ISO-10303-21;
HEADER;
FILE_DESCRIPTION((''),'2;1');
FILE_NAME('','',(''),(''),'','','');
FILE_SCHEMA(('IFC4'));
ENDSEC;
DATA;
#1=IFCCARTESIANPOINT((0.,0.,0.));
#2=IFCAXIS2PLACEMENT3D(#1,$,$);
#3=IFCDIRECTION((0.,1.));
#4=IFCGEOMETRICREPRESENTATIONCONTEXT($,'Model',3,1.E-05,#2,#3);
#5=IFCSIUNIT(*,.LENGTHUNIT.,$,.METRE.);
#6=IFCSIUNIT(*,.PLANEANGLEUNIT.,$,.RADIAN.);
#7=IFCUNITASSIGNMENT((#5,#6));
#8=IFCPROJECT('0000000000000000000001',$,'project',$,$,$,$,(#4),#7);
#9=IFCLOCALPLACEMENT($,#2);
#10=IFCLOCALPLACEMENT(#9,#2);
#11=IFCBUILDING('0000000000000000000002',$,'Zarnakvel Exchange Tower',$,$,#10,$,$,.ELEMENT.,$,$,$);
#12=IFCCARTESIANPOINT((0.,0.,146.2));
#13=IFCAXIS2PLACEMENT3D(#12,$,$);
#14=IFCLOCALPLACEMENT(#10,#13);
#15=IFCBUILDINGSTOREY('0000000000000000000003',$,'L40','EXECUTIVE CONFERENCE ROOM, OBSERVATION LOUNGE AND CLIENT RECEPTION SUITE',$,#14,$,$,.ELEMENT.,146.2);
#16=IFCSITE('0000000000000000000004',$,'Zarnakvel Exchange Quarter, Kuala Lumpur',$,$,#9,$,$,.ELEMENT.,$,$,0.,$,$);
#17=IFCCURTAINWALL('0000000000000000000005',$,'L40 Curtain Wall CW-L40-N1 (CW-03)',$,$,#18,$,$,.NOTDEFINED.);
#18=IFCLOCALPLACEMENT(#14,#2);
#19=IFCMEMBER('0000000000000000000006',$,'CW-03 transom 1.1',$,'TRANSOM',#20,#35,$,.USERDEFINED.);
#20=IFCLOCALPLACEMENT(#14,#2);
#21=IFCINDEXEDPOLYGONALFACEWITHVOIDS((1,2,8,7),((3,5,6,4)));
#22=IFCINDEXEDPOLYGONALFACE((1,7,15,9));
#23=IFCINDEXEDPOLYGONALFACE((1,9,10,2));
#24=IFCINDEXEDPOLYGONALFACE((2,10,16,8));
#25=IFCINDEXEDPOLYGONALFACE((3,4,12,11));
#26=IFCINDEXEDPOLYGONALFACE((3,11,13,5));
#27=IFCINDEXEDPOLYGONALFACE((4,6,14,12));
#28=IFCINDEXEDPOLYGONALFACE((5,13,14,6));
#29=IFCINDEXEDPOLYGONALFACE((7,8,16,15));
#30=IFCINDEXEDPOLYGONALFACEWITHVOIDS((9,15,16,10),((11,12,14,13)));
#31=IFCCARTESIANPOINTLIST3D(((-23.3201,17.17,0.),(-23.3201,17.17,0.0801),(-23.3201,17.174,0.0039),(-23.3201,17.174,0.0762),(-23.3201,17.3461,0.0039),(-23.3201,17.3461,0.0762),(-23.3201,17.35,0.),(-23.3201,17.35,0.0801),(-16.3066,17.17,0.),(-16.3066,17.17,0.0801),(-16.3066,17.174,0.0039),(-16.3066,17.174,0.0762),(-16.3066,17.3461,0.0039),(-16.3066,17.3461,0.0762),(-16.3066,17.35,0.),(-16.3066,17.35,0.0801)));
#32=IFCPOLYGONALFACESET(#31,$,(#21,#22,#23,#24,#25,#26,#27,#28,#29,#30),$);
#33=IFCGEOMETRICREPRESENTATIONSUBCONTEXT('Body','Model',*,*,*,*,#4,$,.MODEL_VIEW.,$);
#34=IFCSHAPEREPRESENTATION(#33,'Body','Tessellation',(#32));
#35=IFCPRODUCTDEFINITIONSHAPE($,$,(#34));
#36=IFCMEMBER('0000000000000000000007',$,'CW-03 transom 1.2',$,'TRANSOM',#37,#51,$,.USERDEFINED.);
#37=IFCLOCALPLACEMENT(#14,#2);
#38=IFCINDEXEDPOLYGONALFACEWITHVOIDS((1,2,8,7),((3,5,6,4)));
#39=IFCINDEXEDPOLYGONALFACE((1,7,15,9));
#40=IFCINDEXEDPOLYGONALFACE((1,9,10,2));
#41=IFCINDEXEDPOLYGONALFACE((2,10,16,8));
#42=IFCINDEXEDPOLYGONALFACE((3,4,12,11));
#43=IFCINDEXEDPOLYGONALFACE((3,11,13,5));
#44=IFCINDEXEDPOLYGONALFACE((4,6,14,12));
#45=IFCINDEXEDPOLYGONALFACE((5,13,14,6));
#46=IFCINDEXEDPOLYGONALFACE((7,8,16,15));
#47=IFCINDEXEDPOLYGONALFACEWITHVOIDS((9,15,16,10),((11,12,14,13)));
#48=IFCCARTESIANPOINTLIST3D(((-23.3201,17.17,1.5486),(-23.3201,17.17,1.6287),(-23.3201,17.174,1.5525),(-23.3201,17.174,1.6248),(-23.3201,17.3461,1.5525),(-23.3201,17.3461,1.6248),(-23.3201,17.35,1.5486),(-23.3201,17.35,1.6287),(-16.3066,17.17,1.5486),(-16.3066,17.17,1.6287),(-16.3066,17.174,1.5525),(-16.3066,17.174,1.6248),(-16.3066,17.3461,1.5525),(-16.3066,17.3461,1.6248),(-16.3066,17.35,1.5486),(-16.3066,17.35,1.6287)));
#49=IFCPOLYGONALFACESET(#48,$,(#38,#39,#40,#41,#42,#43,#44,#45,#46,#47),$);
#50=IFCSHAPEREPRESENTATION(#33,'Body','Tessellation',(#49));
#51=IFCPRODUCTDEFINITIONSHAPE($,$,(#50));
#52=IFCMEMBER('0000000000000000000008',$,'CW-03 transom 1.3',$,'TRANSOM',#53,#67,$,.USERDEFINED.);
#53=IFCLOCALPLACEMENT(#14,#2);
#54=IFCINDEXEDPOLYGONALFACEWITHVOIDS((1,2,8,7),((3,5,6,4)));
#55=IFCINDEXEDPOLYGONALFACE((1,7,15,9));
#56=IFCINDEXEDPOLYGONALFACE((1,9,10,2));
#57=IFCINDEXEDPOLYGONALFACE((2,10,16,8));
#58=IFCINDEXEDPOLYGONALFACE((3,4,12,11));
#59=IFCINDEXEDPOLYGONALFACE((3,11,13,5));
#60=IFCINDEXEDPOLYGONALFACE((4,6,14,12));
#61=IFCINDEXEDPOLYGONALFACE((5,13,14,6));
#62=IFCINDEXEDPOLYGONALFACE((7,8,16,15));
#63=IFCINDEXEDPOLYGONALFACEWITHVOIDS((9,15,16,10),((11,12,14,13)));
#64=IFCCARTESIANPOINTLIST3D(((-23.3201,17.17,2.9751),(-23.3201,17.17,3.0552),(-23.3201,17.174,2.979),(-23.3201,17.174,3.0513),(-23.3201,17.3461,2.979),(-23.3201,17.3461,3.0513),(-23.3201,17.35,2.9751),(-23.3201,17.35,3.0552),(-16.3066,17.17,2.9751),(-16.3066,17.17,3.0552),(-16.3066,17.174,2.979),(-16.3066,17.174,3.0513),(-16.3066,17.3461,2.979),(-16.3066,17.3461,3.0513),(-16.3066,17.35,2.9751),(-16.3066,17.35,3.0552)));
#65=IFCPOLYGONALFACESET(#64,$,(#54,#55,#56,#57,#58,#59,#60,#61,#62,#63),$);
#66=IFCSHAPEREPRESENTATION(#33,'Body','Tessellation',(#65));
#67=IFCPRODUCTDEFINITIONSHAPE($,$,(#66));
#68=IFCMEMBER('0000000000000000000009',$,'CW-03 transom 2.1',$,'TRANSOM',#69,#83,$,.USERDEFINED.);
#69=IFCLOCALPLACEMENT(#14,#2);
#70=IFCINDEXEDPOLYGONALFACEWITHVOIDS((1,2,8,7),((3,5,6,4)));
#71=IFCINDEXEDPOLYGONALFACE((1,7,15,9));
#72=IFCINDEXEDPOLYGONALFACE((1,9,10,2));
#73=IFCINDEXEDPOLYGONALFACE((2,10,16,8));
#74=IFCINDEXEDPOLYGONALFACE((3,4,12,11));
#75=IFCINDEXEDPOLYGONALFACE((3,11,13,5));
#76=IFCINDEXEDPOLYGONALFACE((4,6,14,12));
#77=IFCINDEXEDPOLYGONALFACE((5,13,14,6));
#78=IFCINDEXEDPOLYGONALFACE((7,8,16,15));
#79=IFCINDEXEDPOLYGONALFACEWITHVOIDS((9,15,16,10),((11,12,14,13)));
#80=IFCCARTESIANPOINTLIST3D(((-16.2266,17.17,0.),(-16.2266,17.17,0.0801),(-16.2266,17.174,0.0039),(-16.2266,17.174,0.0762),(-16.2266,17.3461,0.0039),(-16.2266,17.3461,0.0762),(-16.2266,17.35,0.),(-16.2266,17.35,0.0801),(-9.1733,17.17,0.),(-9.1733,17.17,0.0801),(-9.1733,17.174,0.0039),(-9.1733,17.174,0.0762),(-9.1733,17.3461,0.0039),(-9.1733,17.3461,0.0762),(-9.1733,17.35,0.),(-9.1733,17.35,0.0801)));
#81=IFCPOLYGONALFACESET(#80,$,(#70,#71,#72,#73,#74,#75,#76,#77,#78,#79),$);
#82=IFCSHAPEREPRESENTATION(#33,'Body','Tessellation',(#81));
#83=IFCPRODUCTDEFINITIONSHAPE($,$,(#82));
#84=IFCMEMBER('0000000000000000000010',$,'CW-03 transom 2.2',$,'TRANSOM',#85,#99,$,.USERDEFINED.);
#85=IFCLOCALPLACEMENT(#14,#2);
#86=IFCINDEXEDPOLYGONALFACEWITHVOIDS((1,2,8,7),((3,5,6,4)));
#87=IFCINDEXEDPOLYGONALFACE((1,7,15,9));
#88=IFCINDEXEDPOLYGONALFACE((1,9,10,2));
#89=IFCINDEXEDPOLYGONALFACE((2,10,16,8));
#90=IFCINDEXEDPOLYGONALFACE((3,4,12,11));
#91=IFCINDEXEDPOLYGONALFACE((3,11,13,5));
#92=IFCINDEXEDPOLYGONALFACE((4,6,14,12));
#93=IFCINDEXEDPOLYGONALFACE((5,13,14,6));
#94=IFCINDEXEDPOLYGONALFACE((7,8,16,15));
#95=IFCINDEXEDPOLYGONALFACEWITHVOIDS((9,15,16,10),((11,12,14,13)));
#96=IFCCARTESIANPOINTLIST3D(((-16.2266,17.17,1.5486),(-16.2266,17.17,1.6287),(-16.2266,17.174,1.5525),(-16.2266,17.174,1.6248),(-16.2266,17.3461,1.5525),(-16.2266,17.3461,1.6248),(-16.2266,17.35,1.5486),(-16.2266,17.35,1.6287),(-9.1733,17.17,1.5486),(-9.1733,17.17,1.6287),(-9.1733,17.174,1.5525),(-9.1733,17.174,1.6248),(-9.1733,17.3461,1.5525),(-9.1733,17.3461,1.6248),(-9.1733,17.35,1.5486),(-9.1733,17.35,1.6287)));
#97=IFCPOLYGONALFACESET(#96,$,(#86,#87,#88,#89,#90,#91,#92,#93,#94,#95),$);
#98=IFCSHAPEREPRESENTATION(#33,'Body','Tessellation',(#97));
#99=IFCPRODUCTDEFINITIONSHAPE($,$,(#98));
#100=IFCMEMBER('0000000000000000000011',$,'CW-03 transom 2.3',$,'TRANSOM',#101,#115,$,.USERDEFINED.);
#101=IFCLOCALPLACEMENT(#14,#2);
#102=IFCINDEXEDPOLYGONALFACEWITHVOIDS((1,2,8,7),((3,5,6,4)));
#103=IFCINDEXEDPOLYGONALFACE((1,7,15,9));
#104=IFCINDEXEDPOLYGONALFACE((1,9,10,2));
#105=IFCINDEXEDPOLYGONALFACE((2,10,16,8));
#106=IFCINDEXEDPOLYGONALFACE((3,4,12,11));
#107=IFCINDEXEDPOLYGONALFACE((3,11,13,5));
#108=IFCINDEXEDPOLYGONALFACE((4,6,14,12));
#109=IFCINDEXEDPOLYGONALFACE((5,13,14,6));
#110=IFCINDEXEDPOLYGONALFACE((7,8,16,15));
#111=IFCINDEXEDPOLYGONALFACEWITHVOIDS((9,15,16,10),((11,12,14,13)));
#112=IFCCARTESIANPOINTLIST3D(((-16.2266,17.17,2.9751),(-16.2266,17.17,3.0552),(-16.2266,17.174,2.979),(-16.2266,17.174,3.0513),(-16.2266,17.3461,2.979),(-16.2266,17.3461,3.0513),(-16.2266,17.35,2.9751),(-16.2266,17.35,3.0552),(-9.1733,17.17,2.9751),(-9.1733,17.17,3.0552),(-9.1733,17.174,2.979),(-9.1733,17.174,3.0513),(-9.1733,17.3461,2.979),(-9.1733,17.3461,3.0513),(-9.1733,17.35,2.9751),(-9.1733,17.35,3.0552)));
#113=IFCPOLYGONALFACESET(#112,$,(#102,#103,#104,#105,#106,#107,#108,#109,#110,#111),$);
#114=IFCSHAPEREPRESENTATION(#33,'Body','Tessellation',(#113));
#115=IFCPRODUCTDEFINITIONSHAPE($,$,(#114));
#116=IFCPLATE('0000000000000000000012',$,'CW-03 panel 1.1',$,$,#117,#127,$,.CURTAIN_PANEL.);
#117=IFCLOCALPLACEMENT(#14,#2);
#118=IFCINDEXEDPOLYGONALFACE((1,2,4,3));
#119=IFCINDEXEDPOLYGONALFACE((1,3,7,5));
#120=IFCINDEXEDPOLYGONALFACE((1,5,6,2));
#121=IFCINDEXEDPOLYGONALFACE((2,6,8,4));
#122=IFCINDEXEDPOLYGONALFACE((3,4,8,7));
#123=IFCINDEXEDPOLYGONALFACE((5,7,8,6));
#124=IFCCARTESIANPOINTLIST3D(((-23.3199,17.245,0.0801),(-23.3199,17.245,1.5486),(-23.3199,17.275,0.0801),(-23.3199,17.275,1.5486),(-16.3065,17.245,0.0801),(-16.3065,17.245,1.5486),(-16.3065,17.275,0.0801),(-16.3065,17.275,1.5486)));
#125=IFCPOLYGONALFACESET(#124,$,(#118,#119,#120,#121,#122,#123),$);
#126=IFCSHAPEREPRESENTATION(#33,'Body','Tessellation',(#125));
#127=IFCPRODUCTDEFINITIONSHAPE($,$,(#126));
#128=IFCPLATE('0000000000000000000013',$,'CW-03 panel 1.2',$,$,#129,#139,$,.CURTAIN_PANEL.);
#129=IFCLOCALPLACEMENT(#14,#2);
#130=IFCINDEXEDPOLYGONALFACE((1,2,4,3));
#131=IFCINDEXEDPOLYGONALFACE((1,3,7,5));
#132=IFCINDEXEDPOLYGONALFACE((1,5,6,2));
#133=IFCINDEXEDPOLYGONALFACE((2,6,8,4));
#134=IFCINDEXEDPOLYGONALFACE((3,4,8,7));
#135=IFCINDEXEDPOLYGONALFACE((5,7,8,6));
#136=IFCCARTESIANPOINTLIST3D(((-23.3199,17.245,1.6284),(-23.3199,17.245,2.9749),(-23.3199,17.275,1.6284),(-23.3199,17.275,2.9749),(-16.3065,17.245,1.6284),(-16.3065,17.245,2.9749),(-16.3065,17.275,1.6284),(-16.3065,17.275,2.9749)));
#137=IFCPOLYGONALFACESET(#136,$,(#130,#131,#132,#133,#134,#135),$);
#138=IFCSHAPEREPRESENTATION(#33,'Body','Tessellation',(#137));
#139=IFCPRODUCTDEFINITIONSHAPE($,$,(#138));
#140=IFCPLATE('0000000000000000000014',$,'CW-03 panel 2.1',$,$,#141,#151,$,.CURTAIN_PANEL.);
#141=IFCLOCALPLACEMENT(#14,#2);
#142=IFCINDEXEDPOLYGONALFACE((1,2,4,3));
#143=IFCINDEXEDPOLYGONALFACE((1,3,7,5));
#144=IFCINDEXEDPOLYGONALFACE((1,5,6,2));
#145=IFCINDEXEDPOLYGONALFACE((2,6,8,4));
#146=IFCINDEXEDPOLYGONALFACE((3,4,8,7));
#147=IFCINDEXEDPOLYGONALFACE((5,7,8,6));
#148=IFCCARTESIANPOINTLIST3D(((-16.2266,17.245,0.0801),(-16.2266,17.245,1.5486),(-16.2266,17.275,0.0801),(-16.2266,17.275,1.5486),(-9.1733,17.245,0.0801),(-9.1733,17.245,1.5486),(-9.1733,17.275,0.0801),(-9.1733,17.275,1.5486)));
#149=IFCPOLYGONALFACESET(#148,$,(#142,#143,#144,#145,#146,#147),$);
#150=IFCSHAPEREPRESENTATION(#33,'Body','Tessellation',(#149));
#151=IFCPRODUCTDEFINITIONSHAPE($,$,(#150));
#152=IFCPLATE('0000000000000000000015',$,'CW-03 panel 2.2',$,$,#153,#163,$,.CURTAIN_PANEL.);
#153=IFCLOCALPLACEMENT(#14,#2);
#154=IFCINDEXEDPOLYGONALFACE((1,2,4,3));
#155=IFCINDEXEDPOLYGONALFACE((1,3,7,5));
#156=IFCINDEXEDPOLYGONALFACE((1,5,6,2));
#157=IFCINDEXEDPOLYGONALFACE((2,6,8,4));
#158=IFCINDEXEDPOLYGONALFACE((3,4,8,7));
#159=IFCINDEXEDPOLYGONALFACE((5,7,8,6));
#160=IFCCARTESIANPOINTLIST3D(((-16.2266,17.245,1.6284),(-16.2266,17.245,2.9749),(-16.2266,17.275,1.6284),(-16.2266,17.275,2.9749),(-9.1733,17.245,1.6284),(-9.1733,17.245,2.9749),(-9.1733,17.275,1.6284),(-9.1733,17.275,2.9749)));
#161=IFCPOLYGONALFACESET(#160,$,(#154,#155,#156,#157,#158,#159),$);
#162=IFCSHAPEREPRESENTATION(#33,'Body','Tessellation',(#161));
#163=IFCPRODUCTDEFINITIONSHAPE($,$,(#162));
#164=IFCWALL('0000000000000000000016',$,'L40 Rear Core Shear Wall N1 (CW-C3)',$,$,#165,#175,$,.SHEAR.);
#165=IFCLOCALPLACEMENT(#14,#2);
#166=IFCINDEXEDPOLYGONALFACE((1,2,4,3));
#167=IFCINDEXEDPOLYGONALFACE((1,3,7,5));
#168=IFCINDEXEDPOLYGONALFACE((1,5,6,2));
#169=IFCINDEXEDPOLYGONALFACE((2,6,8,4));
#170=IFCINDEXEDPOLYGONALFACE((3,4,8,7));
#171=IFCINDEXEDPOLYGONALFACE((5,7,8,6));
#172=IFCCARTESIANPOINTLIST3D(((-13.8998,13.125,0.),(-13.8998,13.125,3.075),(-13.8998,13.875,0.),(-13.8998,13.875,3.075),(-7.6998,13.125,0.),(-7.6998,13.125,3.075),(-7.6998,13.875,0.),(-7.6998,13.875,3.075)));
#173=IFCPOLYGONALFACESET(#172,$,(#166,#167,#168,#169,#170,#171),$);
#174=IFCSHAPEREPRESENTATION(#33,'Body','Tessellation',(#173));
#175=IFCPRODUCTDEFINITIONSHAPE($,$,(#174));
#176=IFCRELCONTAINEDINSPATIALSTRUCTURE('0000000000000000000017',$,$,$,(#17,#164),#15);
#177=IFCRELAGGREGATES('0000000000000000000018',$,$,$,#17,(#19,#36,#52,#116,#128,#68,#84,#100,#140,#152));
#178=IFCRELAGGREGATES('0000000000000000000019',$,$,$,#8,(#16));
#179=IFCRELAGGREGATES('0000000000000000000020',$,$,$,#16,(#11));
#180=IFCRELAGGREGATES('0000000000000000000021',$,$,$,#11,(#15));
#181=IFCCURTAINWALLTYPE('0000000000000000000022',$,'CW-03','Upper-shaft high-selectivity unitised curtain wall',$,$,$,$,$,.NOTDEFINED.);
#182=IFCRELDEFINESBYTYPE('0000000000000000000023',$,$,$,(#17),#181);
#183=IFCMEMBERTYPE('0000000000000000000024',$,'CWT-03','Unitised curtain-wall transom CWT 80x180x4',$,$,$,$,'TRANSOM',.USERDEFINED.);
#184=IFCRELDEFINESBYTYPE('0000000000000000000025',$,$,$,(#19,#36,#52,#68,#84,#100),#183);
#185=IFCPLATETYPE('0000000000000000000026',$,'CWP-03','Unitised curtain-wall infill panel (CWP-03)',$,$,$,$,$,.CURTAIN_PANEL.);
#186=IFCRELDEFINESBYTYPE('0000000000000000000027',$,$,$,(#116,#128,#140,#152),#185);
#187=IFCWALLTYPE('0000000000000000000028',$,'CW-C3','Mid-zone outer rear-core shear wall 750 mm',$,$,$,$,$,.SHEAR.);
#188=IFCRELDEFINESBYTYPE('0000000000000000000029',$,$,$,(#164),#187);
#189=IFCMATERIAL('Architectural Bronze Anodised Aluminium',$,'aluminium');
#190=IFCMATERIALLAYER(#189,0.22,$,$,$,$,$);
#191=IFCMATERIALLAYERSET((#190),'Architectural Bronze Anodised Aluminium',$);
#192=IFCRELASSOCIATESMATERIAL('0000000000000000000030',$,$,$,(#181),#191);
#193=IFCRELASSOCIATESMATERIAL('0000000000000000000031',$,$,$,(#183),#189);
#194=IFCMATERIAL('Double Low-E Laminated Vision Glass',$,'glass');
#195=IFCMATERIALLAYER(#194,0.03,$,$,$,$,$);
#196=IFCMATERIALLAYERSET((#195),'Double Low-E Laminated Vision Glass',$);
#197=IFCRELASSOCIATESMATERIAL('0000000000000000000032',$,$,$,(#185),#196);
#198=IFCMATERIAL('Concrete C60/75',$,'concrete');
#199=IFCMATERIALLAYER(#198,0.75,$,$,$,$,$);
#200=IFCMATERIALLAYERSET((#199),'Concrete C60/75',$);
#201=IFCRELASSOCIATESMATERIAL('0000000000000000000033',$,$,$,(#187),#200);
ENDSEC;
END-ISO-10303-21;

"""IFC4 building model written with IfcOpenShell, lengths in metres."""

from ifc_helpers import new_model, si_unit, direction, frame, frame_2d, origin, origin_2d, place, context, subcontext, project, spatial, rectangle, hollow_rectangle, extrude, source, transform, mapped, material, layer, layer_set, material_profile, profile_set, type_object, element, aggregate, save


model = new_model("IFC4")

# Units and contexts
model_context = context("Model", 3, precision=1e-05, world=origin(), true_north=direction((0.0, 1.0)))
body_context = subcontext(model_context, "Body", "Model", "MODEL_VIEW")
ifc_project = project(units=[si_unit("LENGTHUNIT", "METRE"), si_unit("PLANEANGLEUNIT", "RADIAN")], contexts=[model_context])

# Site, building, storey
site_placement = place(None, origin())
site = spatial("IfcSite", under=ifc_project, at=site_placement, Name="Zarnakvel Exchange Quarter, Kuala Lumpur", CompositionType="ELEMENT", RefElevation=0.0)
building_placement = place(site_placement, origin())
building = spatial("IfcBuilding", under=site, at=building_placement, Name="Zarnakvel Exchange Tower", CompositionType="ELEMENT")
storey_placement = place(building_placement, frame((0.0, 0.0, 146.2)))
storey = spatial("IfcBuildingStorey", under=building, at=storey_placement, Name="L40", Description="EXECUTIVE CONFERENCE ROOM, OBSERVATION LOUNGE AND CLIENT RECEPTION SUITE", CompositionType="ELEMENT", Elevation=146.2)

# Shared definitions
ifc_material_1 = material(Name="Concrete C60/75", Category="concrete")

# Shared definitions
ifc_material_2 = material(Name="Architectural Bronze Anodised Aluminium", Category="aluminium")

# Curtain wall, members, plates
ifc_layer_1 = layer(ifc_material_2, 0.22)
ifc_layer_set_1 = layer_set([ifc_layer_1], Name="Architectural Bronze Anodised Aluminium")
curtain_wall_type_1 = type_object("IfcCurtainWallType", Name="CW-03", Description="Upper-shaft high-selectivity unitised curtain wall", PredefinedType="NOTDEFINED", material=ifc_layer_set_1)
curtain_wall_1_placement = place(storey_placement, origin())
curtain_wall_1 = element("IfcCurtainWall", 1, at=curtain_wall_1_placement, inside=storey, type_object=curtain_wall_type_1, Name="L40 Curtain Wall CW-L40-N1 (CW-03)", PredefinedType="NOTDEFINED")
ifc_material_profile_1 = material_profile(ifc_material_2, hollow_rectangle(XDim=0.1799, YDim=0.0801, WallThickness=0.0039, at=origin_2d()))
ifc_profile_set_1 = profile_set([ifc_material_profile_1], Name="Architectural Bronze Anodised Aluminium")
member_type_1 = type_object("IfcMemberType", Name="CWT-03", Description="Unitised curtain-wall transom CWT 80x180x4", ElementType="TRANSOM", PredefinedType="USERDEFINED", material=ifc_profile_set_1)
shared_shape_1 = source(origin(), body_context, "Body", "SweptSolid", [
    extrude(hollow_rectangle(XDim=0.1799, YDim=0.0801, WallThickness=0.0039, at=origin_2d()), origin(), (0.0, 0.0, 1.0), 7.0134),
])
member_1_placement = place(storey_placement, frame((-23.3201, 17.26, 0.04), z_axis=(1.0, 0.0, 0.0), x_axis=(0.0, 1.0, 0.0)))
member_1 = element("IfcMember", 2, at=member_1_placement, type_object=member_type_1, Name="CW-03 transom 1.1", ObjectType="TRANSOM", PredefinedType="USERDEFINED", context=body_context, shape_type="MappedRepresentation", body=[
    mapped(shared_shape_1, transform((0.0, 0.0, 0.0), x_axis=(1.0, 0.0, 0.0), y_axis=(0.0, 1.0, 0.0), z_axis=(0.0, 0.0, 1.0), scale=1.0)),
])
member_2_placement = place(storey_placement, frame((-23.3201, 17.26, 1.5886), z_axis=(1.0, 0.0, 0.0), x_axis=(0.0, 1.0, 0.0)))
member_2 = element("IfcMember", 3, at=member_2_placement, type_object=member_type_1, Name="CW-03 transom 1.2", ObjectType="TRANSOM", PredefinedType="USERDEFINED", context=body_context, shape_type="MappedRepresentation", body=[
    mapped(shared_shape_1, transform((0.0, 0.0, 0.0), x_axis=(1.0, 0.0, 0.0), y_axis=(0.0, 1.0, 0.0), z_axis=(0.0, 0.0, 1.0), scale=1.0)),
])
member_3_placement = place(storey_placement, frame((-23.3201, 17.26, 3.0151), z_axis=(1.0, 0.0, 0.0), x_axis=(0.0, 1.0, 0.0)))
member_3 = element("IfcMember", 4, at=member_3_placement, type_object=member_type_1, Name="CW-03 transom 1.3", ObjectType="TRANSOM", PredefinedType="USERDEFINED", context=body_context, shape_type="MappedRepresentation", body=[
    mapped(shared_shape_1, transform((0.0, 0.0, 0.0), x_axis=(1.0, 0.0, 0.0), y_axis=(0.0, 1.0, 0.0), z_axis=(0.0, 0.0, 1.0), scale=1.0)),
])
shared_shape_2 = source(origin(), body_context, "Body", "SweptSolid", [
    extrude(hollow_rectangle(XDim=0.1799, YDim=0.0801, WallThickness=0.0039, at=origin_2d()), origin(), (0.0, 0.0, 1.0), 7.0532),
])
member_4_placement = place(storey_placement, frame((-16.2266, 17.26, 0.04), z_axis=(1.0, 0.0, 0.0), x_axis=(0.0, 1.0, 0.0)))
member_4 = element("IfcMember", 5, at=member_4_placement, type_object=member_type_1, Name="CW-03 transom 2.1", ObjectType="TRANSOM", PredefinedType="USERDEFINED", context=body_context, shape_type="MappedRepresentation", body=[
    mapped(shared_shape_2, transform((0.0, 0.0, 0.0), x_axis=(1.0, 0.0, 0.0), y_axis=(0.0, 1.0, 0.0), z_axis=(0.0, 0.0, 1.0), scale=1.0)),
])
member_5_placement = place(storey_placement, frame((-16.2266, 17.26, 1.5886), z_axis=(1.0, 0.0, 0.0), x_axis=(0.0, 1.0, 0.0)))
member_5 = element("IfcMember", 6, at=member_5_placement, type_object=member_type_1, Name="CW-03 transom 2.2", ObjectType="TRANSOM", PredefinedType="USERDEFINED", context=body_context, shape_type="MappedRepresentation", body=[
    mapped(shared_shape_2, transform((0.0, 0.0, 0.0), x_axis=(1.0, 0.0, 0.0), y_axis=(0.0, 1.0, 0.0), z_axis=(0.0, 0.0, 1.0), scale=1.0)),
])
member_6_placement = place(storey_placement, frame((-16.2266, 17.26, 3.0151), z_axis=(1.0, 0.0, 0.0), x_axis=(0.0, 1.0, 0.0)))
member_6 = element("IfcMember", 7, at=member_6_placement, type_object=member_type_1, Name="CW-03 transom 2.3", ObjectType="TRANSOM", PredefinedType="USERDEFINED", context=body_context, shape_type="MappedRepresentation", body=[
    mapped(shared_shape_2, transform((0.0, 0.0, 0.0), x_axis=(1.0, 0.0, 0.0), y_axis=(0.0, 1.0, 0.0), z_axis=(0.0, 0.0, 1.0), scale=1.0)),
])
ifc_material_3 = material(Name="Double Low-E Laminated Vision Glass", Category="glass")
ifc_layer_2 = layer(ifc_material_3, 0.03)
ifc_layer_set_2 = layer_set([ifc_layer_2], Name="Double Low-E Laminated Vision Glass")
plate_type = type_object("IfcPlateType", Name="CWP-03", Description="Unitised curtain-wall infill panel (CWP-03)", PredefinedType="CURTAIN_PANEL", material=ifc_layer_set_2)
shared_shape_3 = source(origin(), body_context, "Body", "SweptSolid", [
    extrude(rectangle(XDim=7.0134, YDim=0.03, at=origin_2d()), origin(), (0.0, 0.0, 1.0), 1.4685),
])
plate_1_placement = place(storey_placement, frame((-19.8132, 17.26, 0.0801), z_axis=(0.0, 0.0, 1.0), x_axis=(1.0, 0.0, 0.0)))
plate_1 = element("IfcPlate", 8, at=plate_1_placement, type_object=plate_type, Name="CW-03 panel 1.1", PredefinedType="CURTAIN_PANEL", context=body_context, shape_type="MappedRepresentation", body=[
    mapped(shared_shape_3, transform((0.0, 0.0, 0.0), x_axis=(1.0, 0.0, 0.0), y_axis=(0.0, 1.0, 0.0), z_axis=(0.0, 0.0, 1.0), scale=1.0)),
])
shared_shape_4 = source(origin(), body_context, "Body", "SweptSolid", [
    extrude(rectangle(XDim=7.0134, YDim=0.03, at=origin_2d()), origin(), (0.0, 0.0, 1.0), 1.3464),
])
plate_2_placement = place(storey_placement, frame((-19.8132, 17.26, 1.6284), z_axis=(0.0, 0.0, 1.0), x_axis=(1.0, 0.0, 0.0)))
plate_2 = element("IfcPlate", 9, at=plate_2_placement, type_object=plate_type, Name="CW-03 panel 1.2", PredefinedType="CURTAIN_PANEL", context=body_context, shape_type="MappedRepresentation", body=[
    mapped(shared_shape_4, transform((0.0, 0.0, 0.0), x_axis=(1.0, 0.0, 0.0), y_axis=(0.0, 1.0, 0.0), z_axis=(0.0, 0.0, 1.0), scale=1.0)),
])
shared_shape_5 = source(origin(), body_context, "Body", "SweptSolid", [
    extrude(rectangle(XDim=7.0532, YDim=0.03, at=origin_2d()), origin(), (0.0, 0.0, 1.0), 1.4685),
])
plate_3_placement = place(storey_placement, frame((-12.7, 17.26, 0.0801), z_axis=(0.0, 0.0, 1.0), x_axis=(1.0, 0.0, 0.0)))
plate_3 = element("IfcPlate", 10, at=plate_3_placement, type_object=plate_type, Name="CW-03 panel 2.1", PredefinedType="CURTAIN_PANEL", context=body_context, shape_type="MappedRepresentation", body=[
    mapped(shared_shape_5, transform((0.0, 0.0, 0.0), x_axis=(1.0, 0.0, 0.0), y_axis=(0.0, 1.0, 0.0), z_axis=(0.0, 0.0, 1.0), scale=1.0)),
])
shared_shape_6 = source(origin(), body_context, "Body", "SweptSolid", [
    extrude(rectangle(XDim=7.0532, YDim=0.03, at=origin_2d()), origin(), (0.0, 0.0, 1.0), 1.3464),
])
plate_4_placement = place(storey_placement, frame((-12.7, 17.26, 1.6284), z_axis=(0.0, 0.0, 1.0), x_axis=(1.0, 0.0, 0.0)))
plate_4 = element("IfcPlate", 11, at=plate_4_placement, type_object=plate_type, Name="CW-03 panel 2.2", PredefinedType="CURTAIN_PANEL", context=body_context, shape_type="MappedRepresentation", body=[
    mapped(shared_shape_6, transform((0.0, 0.0, 0.0), x_axis=(1.0, 0.0, 0.0), y_axis=(0.0, 1.0, 0.0), z_axis=(0.0, 0.0, 1.0), scale=1.0)),
])
aggregate(curtain_wall_1, [member_1, member_2, member_3, plate_1, plate_2, member_4, member_5, member_6, plate_3, plate_4])

# Wall
ifc_layer_3 = layer(ifc_material_1, 0.75)
ifc_layer_set_3 = layer_set([ifc_layer_3], Name="Concrete C60/75")
wall_type_1 = type_object("IfcWallType", Name="CW-C3", Description="Mid-zone outer rear-core shear wall 750 mm", PredefinedType="SHEAR", material=ifc_layer_set_3)
wall_1_placement = place(storey_placement, frame((-13.8999, 13.5, 0.0), z_axis=(0.0, 0.0, 1.0), x_axis=(1.0, 0.0, 0.0)))
element("IfcWall", 12, at=wall_1_placement, inside=storey, type_object=wall_type_1, Name="L40 Rear Core Shear Wall N1 (CW-C3)", PredefinedType="SHEAR", context=body_context, shape_type="SweptSolid", body=[
    extrude(rectangle(XDim=6.2, YDim=0.75, at=frame_2d((3.1001, 0.0))), origin(), (0.0, 0.0, 1.0), 3.075),
])

save(model, "model.ifc")
